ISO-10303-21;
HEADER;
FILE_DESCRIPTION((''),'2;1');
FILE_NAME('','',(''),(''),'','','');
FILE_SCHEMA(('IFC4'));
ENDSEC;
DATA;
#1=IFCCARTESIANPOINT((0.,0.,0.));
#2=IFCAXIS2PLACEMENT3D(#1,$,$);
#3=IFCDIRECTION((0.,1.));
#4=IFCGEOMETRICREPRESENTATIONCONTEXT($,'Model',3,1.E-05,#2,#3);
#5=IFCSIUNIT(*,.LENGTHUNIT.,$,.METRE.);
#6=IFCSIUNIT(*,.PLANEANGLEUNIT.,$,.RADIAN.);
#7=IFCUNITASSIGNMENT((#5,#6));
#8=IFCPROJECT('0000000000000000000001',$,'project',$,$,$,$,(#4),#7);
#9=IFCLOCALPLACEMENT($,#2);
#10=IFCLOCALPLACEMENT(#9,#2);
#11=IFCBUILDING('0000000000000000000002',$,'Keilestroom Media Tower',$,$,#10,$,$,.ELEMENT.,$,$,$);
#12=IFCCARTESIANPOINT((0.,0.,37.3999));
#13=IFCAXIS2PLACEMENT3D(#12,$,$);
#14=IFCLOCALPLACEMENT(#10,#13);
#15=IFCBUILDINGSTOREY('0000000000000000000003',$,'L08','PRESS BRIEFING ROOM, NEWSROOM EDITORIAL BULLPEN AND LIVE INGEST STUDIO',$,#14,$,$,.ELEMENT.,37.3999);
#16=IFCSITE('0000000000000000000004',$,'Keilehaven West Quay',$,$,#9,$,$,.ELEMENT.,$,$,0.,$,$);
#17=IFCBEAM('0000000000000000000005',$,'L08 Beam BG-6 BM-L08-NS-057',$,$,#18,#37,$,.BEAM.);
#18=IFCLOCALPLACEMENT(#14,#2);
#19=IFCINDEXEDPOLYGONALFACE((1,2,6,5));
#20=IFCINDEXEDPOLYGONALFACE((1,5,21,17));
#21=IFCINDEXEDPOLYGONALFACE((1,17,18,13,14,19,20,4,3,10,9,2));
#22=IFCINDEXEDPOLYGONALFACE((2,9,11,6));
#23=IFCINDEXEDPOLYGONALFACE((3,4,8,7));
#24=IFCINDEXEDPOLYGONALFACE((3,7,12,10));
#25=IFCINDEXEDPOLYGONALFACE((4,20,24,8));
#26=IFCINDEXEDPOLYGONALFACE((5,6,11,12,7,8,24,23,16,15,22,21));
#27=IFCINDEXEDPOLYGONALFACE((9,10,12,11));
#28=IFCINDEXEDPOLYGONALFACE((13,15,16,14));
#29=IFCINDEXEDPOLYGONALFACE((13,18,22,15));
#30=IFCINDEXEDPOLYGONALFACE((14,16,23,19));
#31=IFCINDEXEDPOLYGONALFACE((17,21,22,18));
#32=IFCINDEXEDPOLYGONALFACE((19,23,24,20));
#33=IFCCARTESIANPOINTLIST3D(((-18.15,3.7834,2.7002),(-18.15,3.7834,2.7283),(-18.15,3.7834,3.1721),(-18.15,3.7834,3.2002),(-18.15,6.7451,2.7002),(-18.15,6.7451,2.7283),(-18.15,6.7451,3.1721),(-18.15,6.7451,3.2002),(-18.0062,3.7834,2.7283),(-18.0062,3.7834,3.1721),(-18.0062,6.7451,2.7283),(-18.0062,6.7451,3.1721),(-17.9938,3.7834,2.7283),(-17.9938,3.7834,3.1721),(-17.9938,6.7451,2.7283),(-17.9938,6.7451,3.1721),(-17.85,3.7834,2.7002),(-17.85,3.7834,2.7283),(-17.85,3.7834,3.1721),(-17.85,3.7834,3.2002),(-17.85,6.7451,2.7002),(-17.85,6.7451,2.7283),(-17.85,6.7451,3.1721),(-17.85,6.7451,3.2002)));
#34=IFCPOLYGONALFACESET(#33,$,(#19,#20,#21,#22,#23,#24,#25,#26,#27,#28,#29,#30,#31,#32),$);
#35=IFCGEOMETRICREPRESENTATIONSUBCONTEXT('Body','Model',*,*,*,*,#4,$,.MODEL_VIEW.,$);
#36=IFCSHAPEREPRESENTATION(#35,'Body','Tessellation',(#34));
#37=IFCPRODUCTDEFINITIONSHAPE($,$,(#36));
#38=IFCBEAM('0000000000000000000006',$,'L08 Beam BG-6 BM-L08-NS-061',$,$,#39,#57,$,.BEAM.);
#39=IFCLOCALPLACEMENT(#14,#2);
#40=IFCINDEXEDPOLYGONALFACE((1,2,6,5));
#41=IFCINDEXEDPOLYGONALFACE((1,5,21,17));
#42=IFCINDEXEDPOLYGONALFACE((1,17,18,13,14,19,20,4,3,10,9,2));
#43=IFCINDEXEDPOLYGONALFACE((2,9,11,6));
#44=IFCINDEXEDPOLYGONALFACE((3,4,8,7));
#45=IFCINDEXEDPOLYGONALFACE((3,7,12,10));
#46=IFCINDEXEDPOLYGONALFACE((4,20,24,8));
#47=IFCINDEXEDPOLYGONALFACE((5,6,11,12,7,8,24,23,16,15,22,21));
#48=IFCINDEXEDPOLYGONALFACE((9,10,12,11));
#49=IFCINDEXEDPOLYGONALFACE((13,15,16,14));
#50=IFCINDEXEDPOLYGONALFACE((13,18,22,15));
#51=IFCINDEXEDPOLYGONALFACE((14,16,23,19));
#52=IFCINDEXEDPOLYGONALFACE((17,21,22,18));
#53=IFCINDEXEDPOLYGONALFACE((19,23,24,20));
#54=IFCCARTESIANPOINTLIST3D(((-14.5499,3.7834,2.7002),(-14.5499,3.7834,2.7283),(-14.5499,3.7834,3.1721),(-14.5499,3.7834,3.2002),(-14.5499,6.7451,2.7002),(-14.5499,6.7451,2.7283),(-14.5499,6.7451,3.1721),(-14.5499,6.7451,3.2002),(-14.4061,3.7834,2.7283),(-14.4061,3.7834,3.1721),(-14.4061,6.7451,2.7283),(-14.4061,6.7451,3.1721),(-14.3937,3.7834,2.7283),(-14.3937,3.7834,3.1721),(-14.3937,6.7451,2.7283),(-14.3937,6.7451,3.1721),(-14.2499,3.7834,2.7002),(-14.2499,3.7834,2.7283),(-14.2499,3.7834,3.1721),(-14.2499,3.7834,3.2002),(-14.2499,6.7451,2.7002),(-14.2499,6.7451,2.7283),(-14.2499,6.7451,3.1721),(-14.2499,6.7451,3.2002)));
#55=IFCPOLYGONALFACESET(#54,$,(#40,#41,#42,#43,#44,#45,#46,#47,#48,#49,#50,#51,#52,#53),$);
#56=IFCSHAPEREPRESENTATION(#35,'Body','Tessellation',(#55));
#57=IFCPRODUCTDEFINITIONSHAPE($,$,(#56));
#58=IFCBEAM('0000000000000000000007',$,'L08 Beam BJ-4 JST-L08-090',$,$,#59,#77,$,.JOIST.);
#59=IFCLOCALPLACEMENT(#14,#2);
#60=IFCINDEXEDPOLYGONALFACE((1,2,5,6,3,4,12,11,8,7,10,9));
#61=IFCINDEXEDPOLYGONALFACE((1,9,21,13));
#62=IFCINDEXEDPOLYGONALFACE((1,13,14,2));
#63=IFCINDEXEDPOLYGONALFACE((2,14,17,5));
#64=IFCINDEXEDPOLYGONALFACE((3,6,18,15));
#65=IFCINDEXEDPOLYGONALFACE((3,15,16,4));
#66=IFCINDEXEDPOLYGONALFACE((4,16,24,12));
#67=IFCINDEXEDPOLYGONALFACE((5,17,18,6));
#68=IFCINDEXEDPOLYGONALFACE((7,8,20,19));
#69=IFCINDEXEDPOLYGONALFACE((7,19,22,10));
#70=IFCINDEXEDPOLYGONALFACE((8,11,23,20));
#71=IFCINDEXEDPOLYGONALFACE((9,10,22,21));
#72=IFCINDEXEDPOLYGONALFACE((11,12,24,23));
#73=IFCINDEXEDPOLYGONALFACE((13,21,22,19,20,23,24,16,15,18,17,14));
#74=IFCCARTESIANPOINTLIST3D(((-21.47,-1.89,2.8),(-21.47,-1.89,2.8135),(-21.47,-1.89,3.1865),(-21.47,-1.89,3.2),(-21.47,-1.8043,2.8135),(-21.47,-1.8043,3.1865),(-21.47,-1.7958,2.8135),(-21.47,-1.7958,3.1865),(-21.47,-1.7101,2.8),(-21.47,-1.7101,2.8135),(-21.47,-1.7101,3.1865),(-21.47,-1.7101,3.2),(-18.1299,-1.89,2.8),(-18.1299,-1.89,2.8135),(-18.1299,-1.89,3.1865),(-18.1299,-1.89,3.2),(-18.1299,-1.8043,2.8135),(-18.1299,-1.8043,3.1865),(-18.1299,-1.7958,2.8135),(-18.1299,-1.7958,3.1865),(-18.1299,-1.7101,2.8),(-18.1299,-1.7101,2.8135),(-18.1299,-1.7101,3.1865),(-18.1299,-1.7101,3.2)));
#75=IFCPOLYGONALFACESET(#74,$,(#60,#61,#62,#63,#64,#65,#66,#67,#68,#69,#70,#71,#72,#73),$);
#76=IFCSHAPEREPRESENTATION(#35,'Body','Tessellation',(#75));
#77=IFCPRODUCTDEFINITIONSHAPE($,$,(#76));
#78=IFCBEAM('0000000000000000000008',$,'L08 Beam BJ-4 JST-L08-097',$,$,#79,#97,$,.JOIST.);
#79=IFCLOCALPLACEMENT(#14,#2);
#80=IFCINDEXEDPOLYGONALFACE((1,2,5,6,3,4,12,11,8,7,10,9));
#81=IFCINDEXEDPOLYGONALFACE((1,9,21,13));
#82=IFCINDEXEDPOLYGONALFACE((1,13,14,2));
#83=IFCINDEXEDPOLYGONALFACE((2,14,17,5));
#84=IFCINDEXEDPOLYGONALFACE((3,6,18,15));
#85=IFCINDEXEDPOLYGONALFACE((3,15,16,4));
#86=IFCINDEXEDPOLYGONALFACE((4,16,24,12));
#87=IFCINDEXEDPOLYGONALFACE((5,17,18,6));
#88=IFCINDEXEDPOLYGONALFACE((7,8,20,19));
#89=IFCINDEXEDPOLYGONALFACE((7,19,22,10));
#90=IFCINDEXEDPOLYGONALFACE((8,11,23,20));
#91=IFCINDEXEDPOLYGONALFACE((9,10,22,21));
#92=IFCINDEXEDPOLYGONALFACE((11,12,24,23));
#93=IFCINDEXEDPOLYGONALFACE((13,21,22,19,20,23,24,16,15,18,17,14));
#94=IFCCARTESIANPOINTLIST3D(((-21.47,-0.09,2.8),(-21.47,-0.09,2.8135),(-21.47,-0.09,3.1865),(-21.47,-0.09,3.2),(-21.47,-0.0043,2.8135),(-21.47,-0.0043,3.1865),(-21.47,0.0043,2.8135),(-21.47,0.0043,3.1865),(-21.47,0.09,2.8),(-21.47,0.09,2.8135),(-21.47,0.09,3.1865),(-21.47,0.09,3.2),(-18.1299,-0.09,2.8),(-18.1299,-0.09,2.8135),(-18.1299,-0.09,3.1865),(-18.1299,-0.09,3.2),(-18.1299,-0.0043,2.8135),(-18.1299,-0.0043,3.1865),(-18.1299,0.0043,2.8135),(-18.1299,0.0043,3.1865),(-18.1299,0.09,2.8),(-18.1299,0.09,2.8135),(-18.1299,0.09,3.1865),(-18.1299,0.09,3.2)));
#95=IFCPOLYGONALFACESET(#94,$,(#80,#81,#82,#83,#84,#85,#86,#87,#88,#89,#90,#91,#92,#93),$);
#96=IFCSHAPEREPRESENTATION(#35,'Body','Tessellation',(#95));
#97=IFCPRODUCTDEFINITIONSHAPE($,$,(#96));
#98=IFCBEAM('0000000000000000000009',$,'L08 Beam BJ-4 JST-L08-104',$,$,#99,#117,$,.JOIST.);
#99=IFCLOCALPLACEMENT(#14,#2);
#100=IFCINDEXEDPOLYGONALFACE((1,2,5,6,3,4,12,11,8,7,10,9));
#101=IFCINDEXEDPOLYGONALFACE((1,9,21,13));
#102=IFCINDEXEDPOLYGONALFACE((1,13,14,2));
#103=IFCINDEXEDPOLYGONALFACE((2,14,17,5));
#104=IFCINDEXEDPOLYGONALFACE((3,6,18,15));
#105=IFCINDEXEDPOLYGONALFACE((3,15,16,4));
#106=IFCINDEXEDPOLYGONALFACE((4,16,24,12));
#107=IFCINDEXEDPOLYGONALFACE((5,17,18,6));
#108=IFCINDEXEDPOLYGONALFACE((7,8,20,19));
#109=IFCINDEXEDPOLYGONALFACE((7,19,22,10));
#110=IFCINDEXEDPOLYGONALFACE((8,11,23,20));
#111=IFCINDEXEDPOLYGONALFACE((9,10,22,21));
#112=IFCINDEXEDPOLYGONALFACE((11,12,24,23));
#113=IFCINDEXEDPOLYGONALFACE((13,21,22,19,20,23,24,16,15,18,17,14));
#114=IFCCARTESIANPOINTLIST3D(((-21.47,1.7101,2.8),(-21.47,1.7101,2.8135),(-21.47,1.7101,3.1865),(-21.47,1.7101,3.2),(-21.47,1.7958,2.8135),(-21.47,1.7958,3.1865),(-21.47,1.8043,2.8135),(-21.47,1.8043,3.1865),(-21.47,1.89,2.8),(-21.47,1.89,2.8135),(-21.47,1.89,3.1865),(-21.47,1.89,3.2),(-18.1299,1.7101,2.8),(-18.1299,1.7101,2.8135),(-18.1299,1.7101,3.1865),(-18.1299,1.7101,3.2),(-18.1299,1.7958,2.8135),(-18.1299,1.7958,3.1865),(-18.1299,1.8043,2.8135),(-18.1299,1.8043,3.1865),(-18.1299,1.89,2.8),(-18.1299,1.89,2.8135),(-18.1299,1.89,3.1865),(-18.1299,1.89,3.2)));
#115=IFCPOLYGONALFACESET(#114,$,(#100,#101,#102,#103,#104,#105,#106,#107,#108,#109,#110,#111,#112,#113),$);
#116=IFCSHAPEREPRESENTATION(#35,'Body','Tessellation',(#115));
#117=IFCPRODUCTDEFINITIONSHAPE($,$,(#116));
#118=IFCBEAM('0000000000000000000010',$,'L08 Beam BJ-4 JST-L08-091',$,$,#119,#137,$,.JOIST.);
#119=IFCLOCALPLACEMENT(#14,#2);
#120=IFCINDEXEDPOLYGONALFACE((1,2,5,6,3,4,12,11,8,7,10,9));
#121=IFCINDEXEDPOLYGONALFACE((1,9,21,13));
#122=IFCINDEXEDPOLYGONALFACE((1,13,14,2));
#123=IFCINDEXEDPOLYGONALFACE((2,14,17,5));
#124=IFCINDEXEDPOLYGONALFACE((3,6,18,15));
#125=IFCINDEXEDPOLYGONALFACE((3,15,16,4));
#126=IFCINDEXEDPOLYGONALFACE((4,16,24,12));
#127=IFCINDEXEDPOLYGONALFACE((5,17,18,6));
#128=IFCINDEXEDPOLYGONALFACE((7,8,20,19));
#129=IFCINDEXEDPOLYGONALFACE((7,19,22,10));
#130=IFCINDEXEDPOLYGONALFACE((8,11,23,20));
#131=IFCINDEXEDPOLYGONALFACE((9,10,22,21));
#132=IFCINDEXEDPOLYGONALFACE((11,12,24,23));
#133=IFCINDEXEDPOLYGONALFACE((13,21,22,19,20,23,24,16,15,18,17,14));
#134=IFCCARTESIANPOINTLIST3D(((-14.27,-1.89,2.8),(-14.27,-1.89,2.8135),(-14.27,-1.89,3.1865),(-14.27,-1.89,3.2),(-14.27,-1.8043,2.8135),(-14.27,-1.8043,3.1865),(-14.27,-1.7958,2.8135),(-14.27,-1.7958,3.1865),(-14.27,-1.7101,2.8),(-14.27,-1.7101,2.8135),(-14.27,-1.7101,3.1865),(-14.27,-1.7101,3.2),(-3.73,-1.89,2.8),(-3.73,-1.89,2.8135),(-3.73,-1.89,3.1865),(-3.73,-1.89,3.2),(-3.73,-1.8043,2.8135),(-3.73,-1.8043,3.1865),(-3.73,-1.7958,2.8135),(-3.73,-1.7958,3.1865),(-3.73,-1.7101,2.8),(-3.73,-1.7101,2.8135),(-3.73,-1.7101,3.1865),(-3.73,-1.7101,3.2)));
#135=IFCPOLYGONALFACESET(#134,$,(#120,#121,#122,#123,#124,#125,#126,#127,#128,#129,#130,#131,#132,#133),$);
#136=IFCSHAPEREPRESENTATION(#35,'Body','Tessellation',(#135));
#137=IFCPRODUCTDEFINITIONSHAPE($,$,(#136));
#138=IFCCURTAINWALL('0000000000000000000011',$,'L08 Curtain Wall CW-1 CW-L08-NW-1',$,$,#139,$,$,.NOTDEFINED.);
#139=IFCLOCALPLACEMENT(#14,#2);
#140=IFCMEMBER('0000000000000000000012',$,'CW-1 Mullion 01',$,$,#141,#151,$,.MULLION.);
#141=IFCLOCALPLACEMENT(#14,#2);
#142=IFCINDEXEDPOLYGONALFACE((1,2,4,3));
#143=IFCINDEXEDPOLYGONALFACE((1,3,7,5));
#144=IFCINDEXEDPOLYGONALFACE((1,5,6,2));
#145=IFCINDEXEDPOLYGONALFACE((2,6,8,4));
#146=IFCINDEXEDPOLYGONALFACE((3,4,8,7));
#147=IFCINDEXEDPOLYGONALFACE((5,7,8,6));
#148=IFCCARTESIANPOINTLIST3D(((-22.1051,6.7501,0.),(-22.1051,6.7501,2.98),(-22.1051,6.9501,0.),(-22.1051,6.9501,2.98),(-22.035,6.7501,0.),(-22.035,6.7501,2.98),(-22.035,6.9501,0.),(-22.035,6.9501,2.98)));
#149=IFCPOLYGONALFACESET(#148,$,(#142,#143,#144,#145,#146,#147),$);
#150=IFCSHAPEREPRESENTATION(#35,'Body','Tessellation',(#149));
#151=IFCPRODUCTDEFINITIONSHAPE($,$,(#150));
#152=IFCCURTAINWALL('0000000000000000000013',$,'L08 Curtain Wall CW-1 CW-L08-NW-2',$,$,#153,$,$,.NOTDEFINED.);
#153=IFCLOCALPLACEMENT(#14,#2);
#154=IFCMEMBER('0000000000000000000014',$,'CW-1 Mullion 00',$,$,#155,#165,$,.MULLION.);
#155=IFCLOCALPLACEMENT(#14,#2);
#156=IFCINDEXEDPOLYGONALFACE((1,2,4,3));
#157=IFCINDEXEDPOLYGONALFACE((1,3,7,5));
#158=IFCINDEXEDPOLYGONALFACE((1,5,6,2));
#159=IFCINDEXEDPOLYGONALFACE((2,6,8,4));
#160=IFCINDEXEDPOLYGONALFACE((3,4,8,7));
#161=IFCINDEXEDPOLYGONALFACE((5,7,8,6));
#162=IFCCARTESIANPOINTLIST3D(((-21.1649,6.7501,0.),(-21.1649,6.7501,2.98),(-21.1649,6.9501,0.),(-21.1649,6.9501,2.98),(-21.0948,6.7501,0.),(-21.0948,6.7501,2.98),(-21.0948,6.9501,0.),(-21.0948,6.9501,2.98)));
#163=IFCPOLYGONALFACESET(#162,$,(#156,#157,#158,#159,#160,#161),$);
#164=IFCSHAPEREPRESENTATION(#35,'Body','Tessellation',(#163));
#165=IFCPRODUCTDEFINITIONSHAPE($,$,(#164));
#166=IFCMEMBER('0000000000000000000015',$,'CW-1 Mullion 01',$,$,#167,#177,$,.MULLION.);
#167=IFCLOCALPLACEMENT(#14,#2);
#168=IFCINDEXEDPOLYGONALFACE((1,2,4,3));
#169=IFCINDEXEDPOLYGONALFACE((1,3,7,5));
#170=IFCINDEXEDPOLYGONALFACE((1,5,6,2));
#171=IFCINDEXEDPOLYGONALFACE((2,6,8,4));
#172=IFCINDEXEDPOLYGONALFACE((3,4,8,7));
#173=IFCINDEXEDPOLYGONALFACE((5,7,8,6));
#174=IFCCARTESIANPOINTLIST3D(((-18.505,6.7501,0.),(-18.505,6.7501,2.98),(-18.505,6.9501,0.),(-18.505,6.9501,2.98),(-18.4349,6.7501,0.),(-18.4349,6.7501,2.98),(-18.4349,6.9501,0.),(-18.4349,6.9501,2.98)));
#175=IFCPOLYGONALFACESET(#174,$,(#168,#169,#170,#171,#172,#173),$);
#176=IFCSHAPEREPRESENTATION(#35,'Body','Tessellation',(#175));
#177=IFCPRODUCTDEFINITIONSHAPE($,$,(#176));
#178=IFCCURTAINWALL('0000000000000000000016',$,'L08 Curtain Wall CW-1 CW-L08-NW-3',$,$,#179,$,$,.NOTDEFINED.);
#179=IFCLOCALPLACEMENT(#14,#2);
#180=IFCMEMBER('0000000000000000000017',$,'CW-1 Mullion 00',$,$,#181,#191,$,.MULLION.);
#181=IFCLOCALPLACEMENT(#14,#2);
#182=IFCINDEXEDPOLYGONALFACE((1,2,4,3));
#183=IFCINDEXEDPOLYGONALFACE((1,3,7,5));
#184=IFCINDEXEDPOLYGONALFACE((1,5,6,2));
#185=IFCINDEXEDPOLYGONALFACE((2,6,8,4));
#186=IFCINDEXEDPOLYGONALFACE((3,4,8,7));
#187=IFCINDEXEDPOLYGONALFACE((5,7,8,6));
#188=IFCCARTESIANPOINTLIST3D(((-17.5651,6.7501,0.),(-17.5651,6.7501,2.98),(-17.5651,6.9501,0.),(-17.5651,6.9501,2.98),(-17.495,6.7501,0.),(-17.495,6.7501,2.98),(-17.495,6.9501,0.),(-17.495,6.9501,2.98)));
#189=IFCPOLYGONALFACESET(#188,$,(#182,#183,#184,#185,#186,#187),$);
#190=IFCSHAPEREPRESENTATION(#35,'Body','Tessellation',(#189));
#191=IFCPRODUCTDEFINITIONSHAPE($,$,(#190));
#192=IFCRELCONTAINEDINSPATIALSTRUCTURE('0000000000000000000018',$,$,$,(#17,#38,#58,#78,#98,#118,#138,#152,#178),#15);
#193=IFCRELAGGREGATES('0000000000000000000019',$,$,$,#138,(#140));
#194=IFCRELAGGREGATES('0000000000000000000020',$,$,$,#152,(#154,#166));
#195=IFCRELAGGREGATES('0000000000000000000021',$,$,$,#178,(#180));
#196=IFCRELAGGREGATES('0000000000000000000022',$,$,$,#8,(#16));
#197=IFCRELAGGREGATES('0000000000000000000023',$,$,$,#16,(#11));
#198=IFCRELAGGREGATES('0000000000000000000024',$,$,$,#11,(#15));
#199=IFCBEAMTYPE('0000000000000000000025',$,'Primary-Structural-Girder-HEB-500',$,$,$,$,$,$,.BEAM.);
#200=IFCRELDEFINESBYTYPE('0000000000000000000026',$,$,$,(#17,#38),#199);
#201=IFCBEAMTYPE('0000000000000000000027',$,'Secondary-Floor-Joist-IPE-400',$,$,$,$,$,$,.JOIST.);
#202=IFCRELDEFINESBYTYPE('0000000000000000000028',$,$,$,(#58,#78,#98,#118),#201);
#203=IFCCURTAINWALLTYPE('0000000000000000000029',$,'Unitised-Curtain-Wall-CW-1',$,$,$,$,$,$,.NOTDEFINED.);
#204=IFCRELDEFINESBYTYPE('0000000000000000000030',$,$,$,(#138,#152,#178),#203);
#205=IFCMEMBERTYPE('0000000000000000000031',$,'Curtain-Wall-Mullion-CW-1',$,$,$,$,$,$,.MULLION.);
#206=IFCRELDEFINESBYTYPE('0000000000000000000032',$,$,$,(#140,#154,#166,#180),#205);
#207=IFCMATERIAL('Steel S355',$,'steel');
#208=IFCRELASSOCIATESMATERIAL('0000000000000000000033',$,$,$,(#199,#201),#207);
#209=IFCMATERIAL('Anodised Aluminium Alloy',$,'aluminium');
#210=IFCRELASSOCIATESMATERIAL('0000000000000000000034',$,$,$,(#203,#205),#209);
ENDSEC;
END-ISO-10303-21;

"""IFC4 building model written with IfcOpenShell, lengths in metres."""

from ifc_helpers import new_model, si_unit, direction, frame, origin, origin_2d, place, context, subcontext, project, spatial, rectangle, i_section, extrude, source, transform, mapped, material, material_profile, profile_set, type_object, element, aggregate, save


model = new_model("IFC4")

# Units and contexts
model_context = context("Model", 3, precision=1e-05, world=origin(), true_north=direction((0.0, 1.0)))
body_context = subcontext(model_context, "Body", "Model", "MODEL_VIEW")
ifc_project = project(units=[si_unit("LENGTHUNIT", "METRE"), si_unit("PLANEANGLEUNIT", "RADIAN")], contexts=[model_context])

# Site, building, storey
site_placement = place(None, origin())
site = spatial("IfcSite", under=ifc_project, at=site_placement, Name="Keilehaven West Quay", CompositionType="ELEMENT", RefElevation=0.0)
building_placement = place(site_placement, origin())
building = spatial("IfcBuilding", under=site, at=building_placement, Name="Keilestroom Media Tower", CompositionType="ELEMENT")
storey_placement = place(building_placement, frame((0.0, 0.0, 37.3999)))
storey = spatial("IfcBuildingStorey", under=building, at=storey_placement, Name="L08", Description="PRESS BRIEFING ROOM, NEWSROOM EDITORIAL BULLPEN AND LIVE INGEST STUDIO", CompositionType="ELEMENT", Elevation=37.3999)

# Beams
ifc_material_1 = material(Name="Steel S355", Category="steel")
ifc_material_profile_1 = material_profile(ifc_material_1, i_section(OverallWidth=0.3, OverallDepth=0.5, WebThickness=0.0125, FlangeThickness=0.0281, at=origin_2d()), Name="HEB 500")
ifc_profile_set_1 = profile_set([ifc_material_profile_1], Name="Steel S355")
beam_type_1 = type_object("IfcBeamType", Name="Primary-Structural-Girder-HEB-500", PredefinedType="BEAM", material=ifc_profile_set_1)
shared_shape_1 = source(origin(), body_context, "Body", "SweptSolid", [
    extrude(i_section(OverallWidth=0.3, OverallDepth=0.5, WebThickness=0.0125, FlangeThickness=0.0281, at=origin_2d()), origin(), (0.0, 0.0, 1.0), 2.9617),
])
for number, where, z_axis, x_axis, name in (
    (1, (-18.0, 3.7834, 2.9502), (0.0, 1.0, 0.0), (-1.0, 0.0, 0.0), "L08 Beam BG-6 BM-L08-NS-057"),
    (2, (-14.3999, 3.7834, 2.9502), (0.0, 1.0, 0.0), (-1.0, 0.0, 0.0), "L08 Beam BG-6 BM-L08-NS-061"),
):
    element("IfcBeam", number, at=place(storey_placement, frame(where, z_axis=z_axis, x_axis=x_axis)), inside=storey, type_object=beam_type_1, Name=name, PredefinedType="BEAM", context=body_context, shape_type="MappedRepresentation", body=[
        mapped(shared_shape_1, transform((0.0, 0.0, 0.0), x_axis=(1.0, 0.0, 0.0), y_axis=(0.0, 1.0, 0.0), z_axis=(0.0, 0.0, 1.0), scale=1.0)),
    ])
ifc_material_profile_2 = material_profile(ifc_material_1, i_section(OverallWidth=0.1799, OverallDepth=0.3999, WebThickness=0.0085, FlangeThickness=0.0134, at=origin_2d()), Name="IPE 400")
ifc_profile_set_2 = profile_set([ifc_material_profile_2], Name="Steel S355")
beam_type_2 = type_object("IfcBeamType", Name="Secondary-Floor-Joist-IPE-400", PredefinedType="JOIST", material=ifc_profile_set_2)
shared_shape_2 = source(origin(), body_context, "Body", "SweptSolid", [
    extrude(i_section(OverallWidth=0.1799, OverallDepth=0.3999, WebThickness=0.0085, FlangeThickness=0.0134, at=origin_2d()), origin(), (0.0, 0.0, 1.0), 3.3401),
])
for number, where, z_axis, x_axis, name in (
    (3, (-21.47, -1.8, 3.0), (1.0, 0.0, 0.0), (0.0, 1.0, 0.0), "L08 Beam BJ-4 JST-L08-090"),
    (4, (-21.47, 0.0, 3.0), (1.0, 0.0, 0.0), (0.0, 1.0, 0.0), "L08 Beam BJ-4 JST-L08-097"),
    (5, (-21.47, 1.8, 3.0), (1.0, 0.0, 0.0), (0.0, 1.0, 0.0), "L08 Beam BJ-4 JST-L08-104"),
):
    element("IfcBeam", number, at=place(storey_placement, frame(where, z_axis=z_axis, x_axis=x_axis)), inside=storey, type_object=beam_type_2, Name=name, PredefinedType="JOIST", context=body_context, shape_type="MappedRepresentation", body=[
        mapped(shared_shape_2, transform((0.0, 0.0, 0.0), x_axis=(1.0, 0.0, 0.0), y_axis=(0.0, 1.0, 0.0), z_axis=(0.0, 0.0, 1.0), scale=1.0)),
    ])
shared_shape_3 = source(origin(), body_context, "Body", "SweptSolid", [
    extrude(i_section(OverallWidth=0.1799, OverallDepth=0.3999, WebThickness=0.0085, FlangeThickness=0.0134, at=origin_2d()), origin(), (0.0, 0.0, 1.0), 10.54),
])
beam_1_placement = place(storey_placement, frame((-14.27, -1.8, 3.0), z_axis=(1.0, 0.0, 0.0), x_axis=(0.0, 1.0, 0.0)))
element("IfcBeam", 6, at=beam_1_placement, inside=storey, type_object=beam_type_2, Name="L08 Beam BJ-4 JST-L08-091", PredefinedType="JOIST", context=body_context, shape_type="MappedRepresentation", body=[
    mapped(shared_shape_3, transform((0.0, 0.0, 0.0), x_axis=(1.0, 0.0, 0.0), y_axis=(0.0, 1.0, 0.0), z_axis=(0.0, 0.0, 1.0), scale=1.0)),
])

# Curtain wall, member
ifc_material_2 = material(Name="Anodised Aluminium Alloy", Category="aluminium")
curtain_wall_type = type_object("IfcCurtainWallType", Name="Unitised-Curtain-Wall-CW-1", PredefinedType="NOTDEFINED", material=ifc_material_2)
curtain_wall_1_placement = place(storey_placement, origin())
curtain_wall_1 = element("IfcCurtainWall", 7, at=curtain_wall_1_placement, inside=storey, type_object=curtain_wall_type, Name="L08 Curtain Wall CW-1 CW-L08-NW-1", PredefinedType="NOTDEFINED")
ifc_material_profile_3 = material_profile(ifc_material_2, rectangle(XDim=0.0701, YDim=0.2, at=origin_2d()), Name="ALU MULLION 70x200")
ifc_profile_set_3 = profile_set([ifc_material_profile_3], Name="Anodised Aluminium Alloy")
member_type_1 = type_object("IfcMemberType", Name="Curtain-Wall-Mullion-CW-1", PredefinedType="MULLION", material=ifc_profile_set_3)
shared_shape_4 = source(origin(), body_context, "Body", "SweptSolid", [
    extrude(rectangle(XDim=0.0701, YDim=0.2, at=origin_2d()), origin(), (0.0, 0.0, 1.0), 2.98),
])
member_1_placement = place(storey_placement, frame((-22.0701, 6.8501, 0.0), z_axis=(0.0, 0.0, 1.0), x_axis=(1.0, 0.0, 0.0)))
member_1 = element("IfcMember", 8, at=member_1_placement, type_object=member_type_1, Name="CW-1 Mullion 01", PredefinedType="MULLION", context=body_context, shape_type="MappedRepresentation", body=[
    mapped(shared_shape_4, transform((0.0, 0.0, 0.0), x_axis=(1.0, 0.0, 0.0), y_axis=(0.0, 1.0, 0.0), z_axis=(0.0, 0.0, 1.0), scale=1.0)),
])

# Curtain walls, members
curtain_wall_2_placement = place(storey_placement, origin())
curtain_wall_2 = element("IfcCurtainWall", 9, at=curtain_wall_2_placement, inside=storey, type_object=curtain_wall_type, Name="L08 Curtain Wall CW-1 CW-L08-NW-2", PredefinedType="NOTDEFINED")
member_2_placement = place(storey_placement, frame((-21.1299, 6.8501, 0.0), z_axis=(0.0, 0.0, 1.0), x_axis=(1.0, 0.0, 0.0)))
member_2 = element("IfcMember", 10, at=member_2_placement, type_object=member_type_1, Name="CW-1 Mullion 00", PredefinedType="MULLION", context=body_context, shape_type="MappedRepresentation", body=[
    mapped(shared_shape_4, transform((0.0, 0.0, 0.0), x_axis=(1.0, 0.0, 0.0), y_axis=(0.0, 1.0, 0.0), z_axis=(0.0, 0.0, 1.0), scale=1.0)),
])
member_3_placement = place(storey_placement, frame((-18.47, 6.8501, 0.0), z_axis=(0.0, 0.0, 1.0), x_axis=(1.0, 0.0, 0.0)))
member_3 = element("IfcMember", 11, at=member_3_placement, type_object=member_type_1, Name="CW-1 Mullion 01", PredefinedType="MULLION", context=body_context, shape_type="MappedRepresentation", body=[
    mapped(shared_shape_4, transform((0.0, 0.0, 0.0), x_axis=(1.0, 0.0, 0.0), y_axis=(0.0, 1.0, 0.0), z_axis=(0.0, 0.0, 1.0), scale=1.0)),
])
curtain_wall_3_placement = place(storey_placement, origin())
curtain_wall_3 = element("IfcCurtainWall", 12, at=curtain_wall_3_placement, inside=storey, type_object=curtain_wall_type, Name="L08 Curtain Wall CW-1 CW-L08-NW-3", PredefinedType="NOTDEFINED")
member_4_placement = place(storey_placement, frame((-17.53, 6.8501, 0.0), z_axis=(0.0, 0.0, 1.0), x_axis=(1.0, 0.0, 0.0)))
member_4 = element("IfcMember", 13, at=member_4_placement, type_object=member_type_1, Name="CW-1 Mullion 00", PredefinedType="MULLION", context=body_context, shape_type="MappedRepresentation", body=[
    mapped(shared_shape_4, transform((0.0, 0.0, 0.0), x_axis=(1.0, 0.0, 0.0), y_axis=(0.0, 1.0, 0.0), z_axis=(0.0, 0.0, 1.0), scale=1.0)),
])

aggregate(curtain_wall_1, [member_1])
aggregate(curtain_wall_2, [member_2, member_3])
aggregate(curtain_wall_3, [member_4])

save(model, "model.ifc")
